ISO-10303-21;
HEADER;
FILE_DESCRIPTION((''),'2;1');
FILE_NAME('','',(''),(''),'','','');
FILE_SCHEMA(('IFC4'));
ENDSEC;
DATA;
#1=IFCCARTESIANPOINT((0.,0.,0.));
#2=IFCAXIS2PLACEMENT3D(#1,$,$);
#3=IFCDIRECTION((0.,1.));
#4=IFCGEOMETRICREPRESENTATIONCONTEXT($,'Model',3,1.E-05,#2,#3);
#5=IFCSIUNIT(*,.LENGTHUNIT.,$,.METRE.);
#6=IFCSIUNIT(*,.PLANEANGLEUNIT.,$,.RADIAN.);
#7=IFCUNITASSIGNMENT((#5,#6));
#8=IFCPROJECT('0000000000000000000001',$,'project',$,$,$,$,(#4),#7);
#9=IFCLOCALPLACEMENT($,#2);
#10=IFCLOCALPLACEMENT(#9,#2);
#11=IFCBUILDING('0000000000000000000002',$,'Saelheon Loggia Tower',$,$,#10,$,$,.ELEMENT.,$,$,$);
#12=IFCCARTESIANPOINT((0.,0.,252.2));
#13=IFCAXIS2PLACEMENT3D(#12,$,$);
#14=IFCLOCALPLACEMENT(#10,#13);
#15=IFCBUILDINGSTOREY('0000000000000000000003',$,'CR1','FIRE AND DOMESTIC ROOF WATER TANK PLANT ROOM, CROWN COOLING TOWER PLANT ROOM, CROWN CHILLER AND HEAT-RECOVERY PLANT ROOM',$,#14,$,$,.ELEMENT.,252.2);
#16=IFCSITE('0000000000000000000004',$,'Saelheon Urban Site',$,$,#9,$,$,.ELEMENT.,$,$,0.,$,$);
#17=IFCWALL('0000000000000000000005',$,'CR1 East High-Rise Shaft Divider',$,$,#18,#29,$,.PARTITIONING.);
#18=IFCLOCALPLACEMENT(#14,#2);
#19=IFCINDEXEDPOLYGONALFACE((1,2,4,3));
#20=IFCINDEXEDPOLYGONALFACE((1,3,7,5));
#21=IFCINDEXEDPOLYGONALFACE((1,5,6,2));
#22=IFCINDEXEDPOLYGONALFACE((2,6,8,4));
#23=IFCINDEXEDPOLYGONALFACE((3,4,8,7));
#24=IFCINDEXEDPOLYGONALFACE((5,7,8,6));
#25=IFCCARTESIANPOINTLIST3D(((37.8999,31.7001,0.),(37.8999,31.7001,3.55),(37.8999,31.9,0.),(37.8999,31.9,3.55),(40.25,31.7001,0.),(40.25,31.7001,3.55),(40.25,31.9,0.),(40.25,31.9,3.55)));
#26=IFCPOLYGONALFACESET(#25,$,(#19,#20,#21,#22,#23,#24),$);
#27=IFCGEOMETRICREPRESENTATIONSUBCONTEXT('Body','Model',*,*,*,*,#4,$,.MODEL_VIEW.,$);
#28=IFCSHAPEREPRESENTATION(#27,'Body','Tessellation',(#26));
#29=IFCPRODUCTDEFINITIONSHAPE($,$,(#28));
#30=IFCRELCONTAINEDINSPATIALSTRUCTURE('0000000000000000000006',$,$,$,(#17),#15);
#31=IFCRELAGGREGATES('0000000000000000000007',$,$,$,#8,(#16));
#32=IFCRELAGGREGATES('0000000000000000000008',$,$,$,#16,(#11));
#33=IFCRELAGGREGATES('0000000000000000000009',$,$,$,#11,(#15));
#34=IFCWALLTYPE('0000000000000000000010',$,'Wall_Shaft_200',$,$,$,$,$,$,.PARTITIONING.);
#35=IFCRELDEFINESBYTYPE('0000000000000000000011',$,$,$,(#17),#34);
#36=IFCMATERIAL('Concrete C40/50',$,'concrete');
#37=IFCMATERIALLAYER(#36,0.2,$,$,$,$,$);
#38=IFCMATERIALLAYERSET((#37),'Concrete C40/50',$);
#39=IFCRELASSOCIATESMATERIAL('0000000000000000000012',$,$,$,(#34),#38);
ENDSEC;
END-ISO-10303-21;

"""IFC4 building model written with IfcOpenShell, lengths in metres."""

from ifc_helpers import new_model, si_unit, direction, frame, frame_2d, origin, place, context, subcontext, project, spatial, rectangle, extrude, material, layer, layer_set, type_object, element, save


model = new_model("IFC4")

# Units and contexts
model_context = context("Model", 3, precision=1e-05, world=origin(), true_north=direction((0.0, 1.0)))
body_context = subcontext(model_context, "Body", "Model", "MODEL_VIEW")
ifc_project = project(units=[si_unit("LENGTHUNIT", "METRE"), si_unit("PLANEANGLEUNIT", "RADIAN")], contexts=[model_context])

# Site, building, storey
site_placement = place(None, origin())
site = spatial("IfcSite", under=ifc_project, at=site_placement, Name="Saelheon Urban Site", CompositionType="ELEMENT", RefElevation=0.0)
building_placement = place(site_placement, origin())
building = spatial("IfcBuilding", under=site, at=building_placement, Name="Saelheon Loggia Tower", CompositionType="ELEMENT")
storey_placement = place(building_placement, frame((0.0, 0.0, 252.2)))
storey = spatial("IfcBuildingStorey", under=building, at=storey_placement, Name="CR1", Description="FIRE AND DOMESTIC ROOF WATER TANK PLANT ROOM, CROWN COOLING TOWER PLANT ROOM, CROWN CHILLER AND HEAT-RECOVERY PLANT ROOM", CompositionType="ELEMENT", Elevation=252.2)

# Wall
ifc_material_1 = material(Name="Concrete C40/50", Category="concrete")
ifc_layer_1 = layer(ifc_material_1, 0.2)
ifc_layer_set_1 = layer_set([ifc_layer_1], Name="Concrete C40/50")
wall_type = type_object("IfcWallType", Name="Wall_Shaft_200", PredefinedType="PARTITIONING", material=ifc_layer_set_1)
wall_1_placement = place(storey_placement, frame((37.8999, 31.8, 0.0), z_axis=(0.0, 0.0, 1.0), x_axis=(1.0, 0.0, 0.0)))
element("IfcWall", 1, at=wall_1_placement, inside=storey, type_object=wall_type, Name="CR1 East High-Rise Shaft Divider", PredefinedType="PARTITIONING", context=body_context, shape_type="SweptSolid", body=[
    extrude(rectangle(XDim=2.3501, YDim=0.2, at=frame_2d((1.175, 0.0))), origin(), (0.0, 0.0, 1.0), 3.55),
])

save(model, "model.ifc")
